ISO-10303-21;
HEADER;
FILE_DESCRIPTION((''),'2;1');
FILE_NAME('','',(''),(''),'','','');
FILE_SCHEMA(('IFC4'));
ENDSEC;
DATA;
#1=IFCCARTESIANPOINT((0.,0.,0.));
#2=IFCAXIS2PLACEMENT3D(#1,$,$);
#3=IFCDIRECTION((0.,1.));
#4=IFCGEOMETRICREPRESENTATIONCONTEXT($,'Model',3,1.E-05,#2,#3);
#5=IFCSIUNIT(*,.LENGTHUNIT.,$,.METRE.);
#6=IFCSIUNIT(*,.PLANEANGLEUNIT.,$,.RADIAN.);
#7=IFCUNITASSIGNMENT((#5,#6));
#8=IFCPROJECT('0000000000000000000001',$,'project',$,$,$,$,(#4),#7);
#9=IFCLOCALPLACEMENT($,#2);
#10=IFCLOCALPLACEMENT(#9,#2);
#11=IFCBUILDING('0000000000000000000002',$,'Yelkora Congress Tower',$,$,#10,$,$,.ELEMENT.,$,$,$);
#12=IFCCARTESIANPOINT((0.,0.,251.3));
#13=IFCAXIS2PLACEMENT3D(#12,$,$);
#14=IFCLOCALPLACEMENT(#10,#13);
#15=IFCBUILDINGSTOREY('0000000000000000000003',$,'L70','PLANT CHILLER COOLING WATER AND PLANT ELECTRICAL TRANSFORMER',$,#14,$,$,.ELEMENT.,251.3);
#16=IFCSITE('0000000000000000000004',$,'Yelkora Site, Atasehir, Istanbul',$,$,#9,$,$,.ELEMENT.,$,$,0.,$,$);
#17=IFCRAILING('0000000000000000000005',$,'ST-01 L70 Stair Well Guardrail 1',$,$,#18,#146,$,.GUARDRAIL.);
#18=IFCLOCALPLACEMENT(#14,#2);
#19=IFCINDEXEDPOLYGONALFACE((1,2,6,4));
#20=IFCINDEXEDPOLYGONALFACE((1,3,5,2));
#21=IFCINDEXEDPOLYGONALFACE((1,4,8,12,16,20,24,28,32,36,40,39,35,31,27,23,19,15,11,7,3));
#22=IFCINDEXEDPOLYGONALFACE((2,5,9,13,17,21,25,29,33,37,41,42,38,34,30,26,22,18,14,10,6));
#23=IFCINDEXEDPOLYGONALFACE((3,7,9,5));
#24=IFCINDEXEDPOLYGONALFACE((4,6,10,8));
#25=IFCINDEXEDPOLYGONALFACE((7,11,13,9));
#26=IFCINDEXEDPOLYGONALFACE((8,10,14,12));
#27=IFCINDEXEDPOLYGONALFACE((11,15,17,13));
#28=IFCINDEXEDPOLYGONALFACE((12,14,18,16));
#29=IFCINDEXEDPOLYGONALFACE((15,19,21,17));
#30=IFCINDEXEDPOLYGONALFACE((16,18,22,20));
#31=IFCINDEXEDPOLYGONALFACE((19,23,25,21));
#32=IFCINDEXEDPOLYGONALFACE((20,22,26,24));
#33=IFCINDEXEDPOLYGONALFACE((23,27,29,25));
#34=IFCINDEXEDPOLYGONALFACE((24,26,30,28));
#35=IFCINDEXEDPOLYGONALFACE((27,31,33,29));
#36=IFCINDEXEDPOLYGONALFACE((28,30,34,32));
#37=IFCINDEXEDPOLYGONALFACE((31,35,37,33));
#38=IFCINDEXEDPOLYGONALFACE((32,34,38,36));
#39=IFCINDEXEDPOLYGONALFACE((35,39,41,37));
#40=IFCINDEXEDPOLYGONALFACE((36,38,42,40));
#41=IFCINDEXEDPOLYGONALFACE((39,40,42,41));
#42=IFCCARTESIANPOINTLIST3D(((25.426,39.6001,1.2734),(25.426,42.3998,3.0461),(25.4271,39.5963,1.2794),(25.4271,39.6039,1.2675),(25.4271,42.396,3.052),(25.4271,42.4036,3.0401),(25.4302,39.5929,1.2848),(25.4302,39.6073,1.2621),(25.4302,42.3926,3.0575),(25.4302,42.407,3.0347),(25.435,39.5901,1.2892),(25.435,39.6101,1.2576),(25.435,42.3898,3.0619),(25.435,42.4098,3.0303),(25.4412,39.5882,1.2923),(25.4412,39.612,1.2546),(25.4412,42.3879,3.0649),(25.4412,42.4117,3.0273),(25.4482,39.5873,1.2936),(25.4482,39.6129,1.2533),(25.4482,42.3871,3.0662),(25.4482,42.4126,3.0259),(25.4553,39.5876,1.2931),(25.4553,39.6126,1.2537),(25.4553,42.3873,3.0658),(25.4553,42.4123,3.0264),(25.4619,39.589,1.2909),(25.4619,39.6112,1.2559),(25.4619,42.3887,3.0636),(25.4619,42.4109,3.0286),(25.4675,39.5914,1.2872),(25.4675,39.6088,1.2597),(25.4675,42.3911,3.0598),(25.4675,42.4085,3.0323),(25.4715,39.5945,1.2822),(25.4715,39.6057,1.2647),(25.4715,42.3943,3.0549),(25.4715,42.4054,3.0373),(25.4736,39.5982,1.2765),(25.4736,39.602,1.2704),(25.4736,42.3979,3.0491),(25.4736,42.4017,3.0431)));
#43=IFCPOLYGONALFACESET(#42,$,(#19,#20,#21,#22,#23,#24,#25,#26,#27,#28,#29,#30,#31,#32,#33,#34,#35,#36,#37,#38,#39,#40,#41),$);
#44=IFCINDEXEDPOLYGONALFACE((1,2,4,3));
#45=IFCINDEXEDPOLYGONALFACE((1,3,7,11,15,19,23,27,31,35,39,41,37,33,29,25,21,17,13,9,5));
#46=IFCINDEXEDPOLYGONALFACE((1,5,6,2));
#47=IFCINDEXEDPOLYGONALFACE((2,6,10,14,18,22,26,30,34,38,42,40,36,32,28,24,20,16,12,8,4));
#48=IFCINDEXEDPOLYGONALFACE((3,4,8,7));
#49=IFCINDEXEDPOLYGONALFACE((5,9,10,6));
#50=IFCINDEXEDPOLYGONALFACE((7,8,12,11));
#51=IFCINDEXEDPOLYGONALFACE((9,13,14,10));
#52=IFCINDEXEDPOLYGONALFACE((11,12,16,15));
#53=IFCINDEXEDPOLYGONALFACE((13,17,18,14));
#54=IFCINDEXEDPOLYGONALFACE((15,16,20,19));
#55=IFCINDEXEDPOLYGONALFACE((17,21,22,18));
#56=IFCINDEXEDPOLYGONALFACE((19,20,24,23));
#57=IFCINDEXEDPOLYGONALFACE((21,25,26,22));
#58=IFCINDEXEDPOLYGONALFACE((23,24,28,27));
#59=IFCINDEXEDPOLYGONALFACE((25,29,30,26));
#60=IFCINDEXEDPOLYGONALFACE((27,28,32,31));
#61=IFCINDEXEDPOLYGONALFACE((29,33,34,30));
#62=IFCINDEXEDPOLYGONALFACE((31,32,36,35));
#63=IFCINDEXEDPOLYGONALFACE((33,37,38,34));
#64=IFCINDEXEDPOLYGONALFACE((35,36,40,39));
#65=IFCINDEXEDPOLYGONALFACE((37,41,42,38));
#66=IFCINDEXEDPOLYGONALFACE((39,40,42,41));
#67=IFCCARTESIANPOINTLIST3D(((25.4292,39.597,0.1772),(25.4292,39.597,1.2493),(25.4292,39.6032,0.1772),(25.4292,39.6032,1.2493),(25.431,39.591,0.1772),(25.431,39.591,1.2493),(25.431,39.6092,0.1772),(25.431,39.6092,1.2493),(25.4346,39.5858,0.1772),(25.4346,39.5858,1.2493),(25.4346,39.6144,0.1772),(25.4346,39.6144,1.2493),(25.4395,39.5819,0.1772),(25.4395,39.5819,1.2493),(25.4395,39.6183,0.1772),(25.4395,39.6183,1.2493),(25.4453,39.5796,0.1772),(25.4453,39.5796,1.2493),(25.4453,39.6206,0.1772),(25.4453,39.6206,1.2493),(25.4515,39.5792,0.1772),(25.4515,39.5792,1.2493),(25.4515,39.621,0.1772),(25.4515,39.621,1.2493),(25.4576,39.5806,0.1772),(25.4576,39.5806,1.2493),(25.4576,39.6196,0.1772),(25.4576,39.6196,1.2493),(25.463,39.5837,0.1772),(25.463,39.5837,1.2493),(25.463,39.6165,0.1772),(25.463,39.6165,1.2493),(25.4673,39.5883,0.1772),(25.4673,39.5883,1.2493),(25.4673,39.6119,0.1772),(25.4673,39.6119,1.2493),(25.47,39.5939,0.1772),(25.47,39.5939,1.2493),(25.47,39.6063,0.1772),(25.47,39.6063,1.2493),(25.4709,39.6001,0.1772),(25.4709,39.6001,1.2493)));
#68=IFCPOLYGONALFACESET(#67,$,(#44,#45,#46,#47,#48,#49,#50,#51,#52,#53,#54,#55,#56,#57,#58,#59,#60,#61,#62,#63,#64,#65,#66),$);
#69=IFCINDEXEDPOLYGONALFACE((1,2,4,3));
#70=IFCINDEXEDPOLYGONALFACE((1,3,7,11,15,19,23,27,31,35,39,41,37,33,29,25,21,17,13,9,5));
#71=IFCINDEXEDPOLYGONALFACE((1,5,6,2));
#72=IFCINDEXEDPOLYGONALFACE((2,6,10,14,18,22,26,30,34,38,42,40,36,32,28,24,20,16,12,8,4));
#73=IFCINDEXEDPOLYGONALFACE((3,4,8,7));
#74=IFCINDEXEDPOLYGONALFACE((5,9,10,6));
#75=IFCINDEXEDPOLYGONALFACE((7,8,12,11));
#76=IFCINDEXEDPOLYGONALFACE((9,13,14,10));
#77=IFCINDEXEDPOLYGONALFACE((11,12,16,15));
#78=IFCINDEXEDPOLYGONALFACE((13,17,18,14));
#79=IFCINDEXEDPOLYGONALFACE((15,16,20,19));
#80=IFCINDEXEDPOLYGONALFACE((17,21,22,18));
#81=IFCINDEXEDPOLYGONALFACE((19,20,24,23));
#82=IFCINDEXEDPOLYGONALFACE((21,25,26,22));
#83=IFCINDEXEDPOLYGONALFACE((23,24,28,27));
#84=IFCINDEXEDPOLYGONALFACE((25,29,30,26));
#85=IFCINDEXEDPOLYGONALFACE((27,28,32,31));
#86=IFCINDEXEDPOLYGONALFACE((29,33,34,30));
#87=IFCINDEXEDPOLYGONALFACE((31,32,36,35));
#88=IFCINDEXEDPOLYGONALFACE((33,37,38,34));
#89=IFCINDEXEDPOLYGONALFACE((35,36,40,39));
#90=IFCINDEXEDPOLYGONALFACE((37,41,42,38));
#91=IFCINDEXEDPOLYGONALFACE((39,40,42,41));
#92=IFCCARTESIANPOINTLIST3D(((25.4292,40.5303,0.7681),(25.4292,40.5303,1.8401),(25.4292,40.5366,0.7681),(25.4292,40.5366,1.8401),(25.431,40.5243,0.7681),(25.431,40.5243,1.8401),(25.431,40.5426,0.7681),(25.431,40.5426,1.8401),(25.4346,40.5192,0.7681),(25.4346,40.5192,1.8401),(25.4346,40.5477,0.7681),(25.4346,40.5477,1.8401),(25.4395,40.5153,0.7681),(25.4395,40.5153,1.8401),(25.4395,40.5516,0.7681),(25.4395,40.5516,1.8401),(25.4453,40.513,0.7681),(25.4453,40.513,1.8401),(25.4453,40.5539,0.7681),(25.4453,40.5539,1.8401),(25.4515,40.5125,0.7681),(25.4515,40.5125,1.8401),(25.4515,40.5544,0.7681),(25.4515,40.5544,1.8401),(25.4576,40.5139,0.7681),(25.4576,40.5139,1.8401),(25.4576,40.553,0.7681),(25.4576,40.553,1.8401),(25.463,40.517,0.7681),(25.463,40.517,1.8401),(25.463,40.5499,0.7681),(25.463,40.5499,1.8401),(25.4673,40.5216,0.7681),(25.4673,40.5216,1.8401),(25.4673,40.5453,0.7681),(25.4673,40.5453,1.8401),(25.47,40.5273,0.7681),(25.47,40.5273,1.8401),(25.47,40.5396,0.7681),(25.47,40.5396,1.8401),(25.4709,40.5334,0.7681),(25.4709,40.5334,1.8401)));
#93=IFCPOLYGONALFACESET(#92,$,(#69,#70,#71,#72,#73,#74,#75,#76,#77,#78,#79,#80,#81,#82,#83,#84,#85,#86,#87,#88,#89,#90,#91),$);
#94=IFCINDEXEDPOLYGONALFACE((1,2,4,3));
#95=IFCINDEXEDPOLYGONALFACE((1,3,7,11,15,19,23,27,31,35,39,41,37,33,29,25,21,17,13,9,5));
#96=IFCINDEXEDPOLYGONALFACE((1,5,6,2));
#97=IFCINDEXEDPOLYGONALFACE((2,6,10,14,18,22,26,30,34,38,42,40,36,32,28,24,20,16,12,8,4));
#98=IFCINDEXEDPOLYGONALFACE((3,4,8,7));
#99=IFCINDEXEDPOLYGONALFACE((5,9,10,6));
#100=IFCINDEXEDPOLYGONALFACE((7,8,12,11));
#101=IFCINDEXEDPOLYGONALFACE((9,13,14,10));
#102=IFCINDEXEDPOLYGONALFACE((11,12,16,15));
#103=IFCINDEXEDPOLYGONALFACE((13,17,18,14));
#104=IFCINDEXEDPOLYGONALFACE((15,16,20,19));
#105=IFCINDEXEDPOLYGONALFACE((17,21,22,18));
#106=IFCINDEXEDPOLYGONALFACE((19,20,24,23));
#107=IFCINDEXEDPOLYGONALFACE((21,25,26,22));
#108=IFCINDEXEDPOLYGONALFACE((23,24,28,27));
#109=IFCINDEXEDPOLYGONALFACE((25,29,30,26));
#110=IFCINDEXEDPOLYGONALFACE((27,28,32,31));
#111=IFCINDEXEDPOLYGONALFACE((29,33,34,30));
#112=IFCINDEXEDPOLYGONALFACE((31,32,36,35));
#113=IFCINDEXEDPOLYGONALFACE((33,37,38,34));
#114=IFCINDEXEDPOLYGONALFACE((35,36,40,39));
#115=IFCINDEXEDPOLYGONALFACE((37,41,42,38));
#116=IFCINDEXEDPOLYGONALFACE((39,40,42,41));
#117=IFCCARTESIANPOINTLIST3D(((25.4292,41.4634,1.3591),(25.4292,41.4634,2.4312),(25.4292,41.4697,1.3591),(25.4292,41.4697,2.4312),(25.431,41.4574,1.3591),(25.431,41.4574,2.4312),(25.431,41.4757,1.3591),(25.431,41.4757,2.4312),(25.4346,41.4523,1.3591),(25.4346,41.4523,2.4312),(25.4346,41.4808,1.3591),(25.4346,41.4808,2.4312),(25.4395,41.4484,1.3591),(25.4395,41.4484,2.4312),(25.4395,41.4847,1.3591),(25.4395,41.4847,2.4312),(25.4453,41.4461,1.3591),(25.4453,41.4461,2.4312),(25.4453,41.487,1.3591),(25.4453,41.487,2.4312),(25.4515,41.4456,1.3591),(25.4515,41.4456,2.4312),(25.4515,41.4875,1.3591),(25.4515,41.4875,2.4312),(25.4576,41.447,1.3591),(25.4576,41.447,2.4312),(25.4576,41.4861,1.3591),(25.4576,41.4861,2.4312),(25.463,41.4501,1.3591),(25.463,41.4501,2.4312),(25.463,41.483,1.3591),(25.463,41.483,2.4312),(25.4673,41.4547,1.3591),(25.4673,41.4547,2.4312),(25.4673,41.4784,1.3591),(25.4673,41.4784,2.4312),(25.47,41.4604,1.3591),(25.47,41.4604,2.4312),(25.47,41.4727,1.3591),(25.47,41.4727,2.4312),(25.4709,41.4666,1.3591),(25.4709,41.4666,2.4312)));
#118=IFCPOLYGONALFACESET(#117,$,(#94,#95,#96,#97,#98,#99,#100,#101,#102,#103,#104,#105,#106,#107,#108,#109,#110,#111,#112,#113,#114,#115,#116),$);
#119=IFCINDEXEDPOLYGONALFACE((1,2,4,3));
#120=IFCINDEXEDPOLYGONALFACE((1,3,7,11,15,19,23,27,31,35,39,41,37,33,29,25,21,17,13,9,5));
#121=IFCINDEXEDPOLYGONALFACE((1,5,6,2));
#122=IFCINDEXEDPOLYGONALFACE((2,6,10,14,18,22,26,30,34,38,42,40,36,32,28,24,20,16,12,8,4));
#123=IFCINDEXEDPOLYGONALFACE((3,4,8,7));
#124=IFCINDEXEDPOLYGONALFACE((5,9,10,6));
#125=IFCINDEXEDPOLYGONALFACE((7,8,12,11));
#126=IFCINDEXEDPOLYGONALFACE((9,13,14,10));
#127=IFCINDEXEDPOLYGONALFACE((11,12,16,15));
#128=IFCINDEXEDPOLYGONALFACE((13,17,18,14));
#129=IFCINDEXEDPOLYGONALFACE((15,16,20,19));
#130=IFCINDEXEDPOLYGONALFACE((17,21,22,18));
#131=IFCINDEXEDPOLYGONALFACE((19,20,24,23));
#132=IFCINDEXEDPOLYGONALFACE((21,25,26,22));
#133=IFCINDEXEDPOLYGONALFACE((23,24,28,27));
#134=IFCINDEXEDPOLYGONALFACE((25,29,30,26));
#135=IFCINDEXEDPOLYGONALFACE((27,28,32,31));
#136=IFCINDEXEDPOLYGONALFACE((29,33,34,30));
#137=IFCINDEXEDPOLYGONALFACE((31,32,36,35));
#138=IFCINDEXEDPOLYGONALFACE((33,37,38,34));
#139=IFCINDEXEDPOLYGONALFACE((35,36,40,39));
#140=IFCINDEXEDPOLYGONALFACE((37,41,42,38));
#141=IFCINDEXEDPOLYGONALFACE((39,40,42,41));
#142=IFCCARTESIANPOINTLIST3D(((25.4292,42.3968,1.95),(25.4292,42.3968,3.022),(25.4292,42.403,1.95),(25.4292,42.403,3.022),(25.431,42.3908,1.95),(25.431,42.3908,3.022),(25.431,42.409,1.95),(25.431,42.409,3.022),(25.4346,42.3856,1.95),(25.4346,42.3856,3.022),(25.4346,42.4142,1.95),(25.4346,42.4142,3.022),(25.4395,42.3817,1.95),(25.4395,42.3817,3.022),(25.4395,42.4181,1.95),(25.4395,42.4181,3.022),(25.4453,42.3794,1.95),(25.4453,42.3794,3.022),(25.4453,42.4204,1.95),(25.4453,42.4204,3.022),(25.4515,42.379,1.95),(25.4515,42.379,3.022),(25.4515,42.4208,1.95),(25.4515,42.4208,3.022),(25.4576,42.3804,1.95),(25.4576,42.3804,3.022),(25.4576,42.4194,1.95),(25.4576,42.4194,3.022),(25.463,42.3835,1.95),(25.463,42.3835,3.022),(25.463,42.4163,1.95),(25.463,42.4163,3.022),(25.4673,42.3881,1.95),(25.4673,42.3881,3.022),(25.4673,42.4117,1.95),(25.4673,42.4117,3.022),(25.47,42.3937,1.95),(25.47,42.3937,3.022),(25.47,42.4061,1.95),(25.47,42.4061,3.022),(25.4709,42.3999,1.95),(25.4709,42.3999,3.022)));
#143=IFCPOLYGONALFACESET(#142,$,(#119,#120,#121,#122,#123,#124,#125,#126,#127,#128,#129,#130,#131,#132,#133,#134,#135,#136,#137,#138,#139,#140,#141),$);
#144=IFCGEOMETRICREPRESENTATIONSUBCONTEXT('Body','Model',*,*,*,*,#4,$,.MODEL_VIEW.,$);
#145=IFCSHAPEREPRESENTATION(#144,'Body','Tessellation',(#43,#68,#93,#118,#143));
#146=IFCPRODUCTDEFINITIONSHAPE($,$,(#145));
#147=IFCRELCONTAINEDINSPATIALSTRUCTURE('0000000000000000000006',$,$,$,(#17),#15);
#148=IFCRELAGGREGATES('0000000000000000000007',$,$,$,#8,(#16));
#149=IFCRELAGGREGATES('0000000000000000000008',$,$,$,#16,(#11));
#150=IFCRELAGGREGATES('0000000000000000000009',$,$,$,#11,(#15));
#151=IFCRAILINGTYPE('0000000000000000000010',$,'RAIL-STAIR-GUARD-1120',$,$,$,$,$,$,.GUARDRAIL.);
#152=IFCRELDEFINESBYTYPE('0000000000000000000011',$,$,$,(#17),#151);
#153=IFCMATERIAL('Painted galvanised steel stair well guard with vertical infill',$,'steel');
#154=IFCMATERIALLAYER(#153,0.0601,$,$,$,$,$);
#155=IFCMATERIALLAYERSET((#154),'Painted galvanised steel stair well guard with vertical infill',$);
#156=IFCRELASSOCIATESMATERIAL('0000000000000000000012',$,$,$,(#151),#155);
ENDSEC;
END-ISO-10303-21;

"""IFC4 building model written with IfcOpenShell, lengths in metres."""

from ifc_helpers import new_model, si_unit, direction, frame, origin, origin_2d, place, context, subcontext, project, spatial, circle, extrude, material, layer, layer_set, type_object, element, save


model = new_model("IFC4")

# Units and contexts
model_context = context("Model", 3, precision=1e-05, world=origin(), true_north=direction((0.0, 1.0)))
body_context = subcontext(model_context, "Body", "Model", "MODEL_VIEW")
ifc_project = project(units=[si_unit("LENGTHUNIT", "METRE"), si_unit("PLANEANGLEUNIT", "RADIAN")], contexts=[model_context])

# Site, building, storey
site_placement = place(None, origin())
site = spatial("IfcSite", under=ifc_project, at=site_placement, Name="Yelkora Site, Atasehir, Istanbul", CompositionType="ELEMENT", RefElevation=0.0)
building_placement = place(site_placement, origin())
building = spatial("IfcBuilding", under=site, at=building_placement, Name="Yelkora Congress Tower", CompositionType="ELEMENT")
storey_placement = place(building_placement, frame((0.0, 0.0, 251.3)))
storey = spatial("IfcBuildingStorey", under=building, at=storey_placement, Name="L70", Description="PLANT CHILLER COOLING WATER AND PLANT ELECTRICAL TRANSFORMER", CompositionType="ELEMENT", Elevation=251.3)

# Railing
ifc_material_1 = material(Name="Painted galvanised steel stair well guard with vertical infill", Category="steel")
ifc_layer_1 = layer(ifc_material_1, 0.0601)
ifc_layer_set_1 = layer_set([ifc_layer_1], Name="Painted galvanised steel stair well guard with vertical infill")
railing_type_1 = type_object("IfcRailingType", Name="RAIL-STAIR-GUARD-1120", PredefinedType="GUARDRAIL", material=ifc_layer_set_1)
railing_1_placement = place(storey_placement, frame((25.45, 39.6001, 0.1772)))
element("IfcRailing", 1, at=railing_1_placement, inside=storey, type_object=railing_type_1, Name="ST-01 L70 Stair Well Guardrail 1", PredefinedType="GUARDRAIL", context=body_context, shape_type="SweptSolid", body=[
    extrude(circle(Radius=0.0239, at=origin_2d()), frame((0.0, 0.0, 1.0962), z_axis=(0.0, 0.844888, 0.534943), x_axis=(-1.0, 0.0, 0.0)), (0.0, 0.0, 1.0), 3.3137),
    extrude(circle(Radius=0.021, at=origin_2d()), origin(), (0.0, 0.0, 1.0), 1.072),
    extrude(circle(Radius=0.021, at=origin_2d()), frame((0.0, 0.9333, 0.5908)), (0.0, 0.0, 1.0), 1.072),
    extrude(circle(Radius=0.021, at=origin_2d()), frame((0.0, 1.8665, 1.1819)), (0.0, 0.0, 1.0), 1.072),
    extrude(circle(Radius=0.021, at=origin_2d()), frame((0.0, 2.7998, 1.7727)), (0.0, 0.0, 1.0), 1.072),
])

save(model, "model.ifc")
